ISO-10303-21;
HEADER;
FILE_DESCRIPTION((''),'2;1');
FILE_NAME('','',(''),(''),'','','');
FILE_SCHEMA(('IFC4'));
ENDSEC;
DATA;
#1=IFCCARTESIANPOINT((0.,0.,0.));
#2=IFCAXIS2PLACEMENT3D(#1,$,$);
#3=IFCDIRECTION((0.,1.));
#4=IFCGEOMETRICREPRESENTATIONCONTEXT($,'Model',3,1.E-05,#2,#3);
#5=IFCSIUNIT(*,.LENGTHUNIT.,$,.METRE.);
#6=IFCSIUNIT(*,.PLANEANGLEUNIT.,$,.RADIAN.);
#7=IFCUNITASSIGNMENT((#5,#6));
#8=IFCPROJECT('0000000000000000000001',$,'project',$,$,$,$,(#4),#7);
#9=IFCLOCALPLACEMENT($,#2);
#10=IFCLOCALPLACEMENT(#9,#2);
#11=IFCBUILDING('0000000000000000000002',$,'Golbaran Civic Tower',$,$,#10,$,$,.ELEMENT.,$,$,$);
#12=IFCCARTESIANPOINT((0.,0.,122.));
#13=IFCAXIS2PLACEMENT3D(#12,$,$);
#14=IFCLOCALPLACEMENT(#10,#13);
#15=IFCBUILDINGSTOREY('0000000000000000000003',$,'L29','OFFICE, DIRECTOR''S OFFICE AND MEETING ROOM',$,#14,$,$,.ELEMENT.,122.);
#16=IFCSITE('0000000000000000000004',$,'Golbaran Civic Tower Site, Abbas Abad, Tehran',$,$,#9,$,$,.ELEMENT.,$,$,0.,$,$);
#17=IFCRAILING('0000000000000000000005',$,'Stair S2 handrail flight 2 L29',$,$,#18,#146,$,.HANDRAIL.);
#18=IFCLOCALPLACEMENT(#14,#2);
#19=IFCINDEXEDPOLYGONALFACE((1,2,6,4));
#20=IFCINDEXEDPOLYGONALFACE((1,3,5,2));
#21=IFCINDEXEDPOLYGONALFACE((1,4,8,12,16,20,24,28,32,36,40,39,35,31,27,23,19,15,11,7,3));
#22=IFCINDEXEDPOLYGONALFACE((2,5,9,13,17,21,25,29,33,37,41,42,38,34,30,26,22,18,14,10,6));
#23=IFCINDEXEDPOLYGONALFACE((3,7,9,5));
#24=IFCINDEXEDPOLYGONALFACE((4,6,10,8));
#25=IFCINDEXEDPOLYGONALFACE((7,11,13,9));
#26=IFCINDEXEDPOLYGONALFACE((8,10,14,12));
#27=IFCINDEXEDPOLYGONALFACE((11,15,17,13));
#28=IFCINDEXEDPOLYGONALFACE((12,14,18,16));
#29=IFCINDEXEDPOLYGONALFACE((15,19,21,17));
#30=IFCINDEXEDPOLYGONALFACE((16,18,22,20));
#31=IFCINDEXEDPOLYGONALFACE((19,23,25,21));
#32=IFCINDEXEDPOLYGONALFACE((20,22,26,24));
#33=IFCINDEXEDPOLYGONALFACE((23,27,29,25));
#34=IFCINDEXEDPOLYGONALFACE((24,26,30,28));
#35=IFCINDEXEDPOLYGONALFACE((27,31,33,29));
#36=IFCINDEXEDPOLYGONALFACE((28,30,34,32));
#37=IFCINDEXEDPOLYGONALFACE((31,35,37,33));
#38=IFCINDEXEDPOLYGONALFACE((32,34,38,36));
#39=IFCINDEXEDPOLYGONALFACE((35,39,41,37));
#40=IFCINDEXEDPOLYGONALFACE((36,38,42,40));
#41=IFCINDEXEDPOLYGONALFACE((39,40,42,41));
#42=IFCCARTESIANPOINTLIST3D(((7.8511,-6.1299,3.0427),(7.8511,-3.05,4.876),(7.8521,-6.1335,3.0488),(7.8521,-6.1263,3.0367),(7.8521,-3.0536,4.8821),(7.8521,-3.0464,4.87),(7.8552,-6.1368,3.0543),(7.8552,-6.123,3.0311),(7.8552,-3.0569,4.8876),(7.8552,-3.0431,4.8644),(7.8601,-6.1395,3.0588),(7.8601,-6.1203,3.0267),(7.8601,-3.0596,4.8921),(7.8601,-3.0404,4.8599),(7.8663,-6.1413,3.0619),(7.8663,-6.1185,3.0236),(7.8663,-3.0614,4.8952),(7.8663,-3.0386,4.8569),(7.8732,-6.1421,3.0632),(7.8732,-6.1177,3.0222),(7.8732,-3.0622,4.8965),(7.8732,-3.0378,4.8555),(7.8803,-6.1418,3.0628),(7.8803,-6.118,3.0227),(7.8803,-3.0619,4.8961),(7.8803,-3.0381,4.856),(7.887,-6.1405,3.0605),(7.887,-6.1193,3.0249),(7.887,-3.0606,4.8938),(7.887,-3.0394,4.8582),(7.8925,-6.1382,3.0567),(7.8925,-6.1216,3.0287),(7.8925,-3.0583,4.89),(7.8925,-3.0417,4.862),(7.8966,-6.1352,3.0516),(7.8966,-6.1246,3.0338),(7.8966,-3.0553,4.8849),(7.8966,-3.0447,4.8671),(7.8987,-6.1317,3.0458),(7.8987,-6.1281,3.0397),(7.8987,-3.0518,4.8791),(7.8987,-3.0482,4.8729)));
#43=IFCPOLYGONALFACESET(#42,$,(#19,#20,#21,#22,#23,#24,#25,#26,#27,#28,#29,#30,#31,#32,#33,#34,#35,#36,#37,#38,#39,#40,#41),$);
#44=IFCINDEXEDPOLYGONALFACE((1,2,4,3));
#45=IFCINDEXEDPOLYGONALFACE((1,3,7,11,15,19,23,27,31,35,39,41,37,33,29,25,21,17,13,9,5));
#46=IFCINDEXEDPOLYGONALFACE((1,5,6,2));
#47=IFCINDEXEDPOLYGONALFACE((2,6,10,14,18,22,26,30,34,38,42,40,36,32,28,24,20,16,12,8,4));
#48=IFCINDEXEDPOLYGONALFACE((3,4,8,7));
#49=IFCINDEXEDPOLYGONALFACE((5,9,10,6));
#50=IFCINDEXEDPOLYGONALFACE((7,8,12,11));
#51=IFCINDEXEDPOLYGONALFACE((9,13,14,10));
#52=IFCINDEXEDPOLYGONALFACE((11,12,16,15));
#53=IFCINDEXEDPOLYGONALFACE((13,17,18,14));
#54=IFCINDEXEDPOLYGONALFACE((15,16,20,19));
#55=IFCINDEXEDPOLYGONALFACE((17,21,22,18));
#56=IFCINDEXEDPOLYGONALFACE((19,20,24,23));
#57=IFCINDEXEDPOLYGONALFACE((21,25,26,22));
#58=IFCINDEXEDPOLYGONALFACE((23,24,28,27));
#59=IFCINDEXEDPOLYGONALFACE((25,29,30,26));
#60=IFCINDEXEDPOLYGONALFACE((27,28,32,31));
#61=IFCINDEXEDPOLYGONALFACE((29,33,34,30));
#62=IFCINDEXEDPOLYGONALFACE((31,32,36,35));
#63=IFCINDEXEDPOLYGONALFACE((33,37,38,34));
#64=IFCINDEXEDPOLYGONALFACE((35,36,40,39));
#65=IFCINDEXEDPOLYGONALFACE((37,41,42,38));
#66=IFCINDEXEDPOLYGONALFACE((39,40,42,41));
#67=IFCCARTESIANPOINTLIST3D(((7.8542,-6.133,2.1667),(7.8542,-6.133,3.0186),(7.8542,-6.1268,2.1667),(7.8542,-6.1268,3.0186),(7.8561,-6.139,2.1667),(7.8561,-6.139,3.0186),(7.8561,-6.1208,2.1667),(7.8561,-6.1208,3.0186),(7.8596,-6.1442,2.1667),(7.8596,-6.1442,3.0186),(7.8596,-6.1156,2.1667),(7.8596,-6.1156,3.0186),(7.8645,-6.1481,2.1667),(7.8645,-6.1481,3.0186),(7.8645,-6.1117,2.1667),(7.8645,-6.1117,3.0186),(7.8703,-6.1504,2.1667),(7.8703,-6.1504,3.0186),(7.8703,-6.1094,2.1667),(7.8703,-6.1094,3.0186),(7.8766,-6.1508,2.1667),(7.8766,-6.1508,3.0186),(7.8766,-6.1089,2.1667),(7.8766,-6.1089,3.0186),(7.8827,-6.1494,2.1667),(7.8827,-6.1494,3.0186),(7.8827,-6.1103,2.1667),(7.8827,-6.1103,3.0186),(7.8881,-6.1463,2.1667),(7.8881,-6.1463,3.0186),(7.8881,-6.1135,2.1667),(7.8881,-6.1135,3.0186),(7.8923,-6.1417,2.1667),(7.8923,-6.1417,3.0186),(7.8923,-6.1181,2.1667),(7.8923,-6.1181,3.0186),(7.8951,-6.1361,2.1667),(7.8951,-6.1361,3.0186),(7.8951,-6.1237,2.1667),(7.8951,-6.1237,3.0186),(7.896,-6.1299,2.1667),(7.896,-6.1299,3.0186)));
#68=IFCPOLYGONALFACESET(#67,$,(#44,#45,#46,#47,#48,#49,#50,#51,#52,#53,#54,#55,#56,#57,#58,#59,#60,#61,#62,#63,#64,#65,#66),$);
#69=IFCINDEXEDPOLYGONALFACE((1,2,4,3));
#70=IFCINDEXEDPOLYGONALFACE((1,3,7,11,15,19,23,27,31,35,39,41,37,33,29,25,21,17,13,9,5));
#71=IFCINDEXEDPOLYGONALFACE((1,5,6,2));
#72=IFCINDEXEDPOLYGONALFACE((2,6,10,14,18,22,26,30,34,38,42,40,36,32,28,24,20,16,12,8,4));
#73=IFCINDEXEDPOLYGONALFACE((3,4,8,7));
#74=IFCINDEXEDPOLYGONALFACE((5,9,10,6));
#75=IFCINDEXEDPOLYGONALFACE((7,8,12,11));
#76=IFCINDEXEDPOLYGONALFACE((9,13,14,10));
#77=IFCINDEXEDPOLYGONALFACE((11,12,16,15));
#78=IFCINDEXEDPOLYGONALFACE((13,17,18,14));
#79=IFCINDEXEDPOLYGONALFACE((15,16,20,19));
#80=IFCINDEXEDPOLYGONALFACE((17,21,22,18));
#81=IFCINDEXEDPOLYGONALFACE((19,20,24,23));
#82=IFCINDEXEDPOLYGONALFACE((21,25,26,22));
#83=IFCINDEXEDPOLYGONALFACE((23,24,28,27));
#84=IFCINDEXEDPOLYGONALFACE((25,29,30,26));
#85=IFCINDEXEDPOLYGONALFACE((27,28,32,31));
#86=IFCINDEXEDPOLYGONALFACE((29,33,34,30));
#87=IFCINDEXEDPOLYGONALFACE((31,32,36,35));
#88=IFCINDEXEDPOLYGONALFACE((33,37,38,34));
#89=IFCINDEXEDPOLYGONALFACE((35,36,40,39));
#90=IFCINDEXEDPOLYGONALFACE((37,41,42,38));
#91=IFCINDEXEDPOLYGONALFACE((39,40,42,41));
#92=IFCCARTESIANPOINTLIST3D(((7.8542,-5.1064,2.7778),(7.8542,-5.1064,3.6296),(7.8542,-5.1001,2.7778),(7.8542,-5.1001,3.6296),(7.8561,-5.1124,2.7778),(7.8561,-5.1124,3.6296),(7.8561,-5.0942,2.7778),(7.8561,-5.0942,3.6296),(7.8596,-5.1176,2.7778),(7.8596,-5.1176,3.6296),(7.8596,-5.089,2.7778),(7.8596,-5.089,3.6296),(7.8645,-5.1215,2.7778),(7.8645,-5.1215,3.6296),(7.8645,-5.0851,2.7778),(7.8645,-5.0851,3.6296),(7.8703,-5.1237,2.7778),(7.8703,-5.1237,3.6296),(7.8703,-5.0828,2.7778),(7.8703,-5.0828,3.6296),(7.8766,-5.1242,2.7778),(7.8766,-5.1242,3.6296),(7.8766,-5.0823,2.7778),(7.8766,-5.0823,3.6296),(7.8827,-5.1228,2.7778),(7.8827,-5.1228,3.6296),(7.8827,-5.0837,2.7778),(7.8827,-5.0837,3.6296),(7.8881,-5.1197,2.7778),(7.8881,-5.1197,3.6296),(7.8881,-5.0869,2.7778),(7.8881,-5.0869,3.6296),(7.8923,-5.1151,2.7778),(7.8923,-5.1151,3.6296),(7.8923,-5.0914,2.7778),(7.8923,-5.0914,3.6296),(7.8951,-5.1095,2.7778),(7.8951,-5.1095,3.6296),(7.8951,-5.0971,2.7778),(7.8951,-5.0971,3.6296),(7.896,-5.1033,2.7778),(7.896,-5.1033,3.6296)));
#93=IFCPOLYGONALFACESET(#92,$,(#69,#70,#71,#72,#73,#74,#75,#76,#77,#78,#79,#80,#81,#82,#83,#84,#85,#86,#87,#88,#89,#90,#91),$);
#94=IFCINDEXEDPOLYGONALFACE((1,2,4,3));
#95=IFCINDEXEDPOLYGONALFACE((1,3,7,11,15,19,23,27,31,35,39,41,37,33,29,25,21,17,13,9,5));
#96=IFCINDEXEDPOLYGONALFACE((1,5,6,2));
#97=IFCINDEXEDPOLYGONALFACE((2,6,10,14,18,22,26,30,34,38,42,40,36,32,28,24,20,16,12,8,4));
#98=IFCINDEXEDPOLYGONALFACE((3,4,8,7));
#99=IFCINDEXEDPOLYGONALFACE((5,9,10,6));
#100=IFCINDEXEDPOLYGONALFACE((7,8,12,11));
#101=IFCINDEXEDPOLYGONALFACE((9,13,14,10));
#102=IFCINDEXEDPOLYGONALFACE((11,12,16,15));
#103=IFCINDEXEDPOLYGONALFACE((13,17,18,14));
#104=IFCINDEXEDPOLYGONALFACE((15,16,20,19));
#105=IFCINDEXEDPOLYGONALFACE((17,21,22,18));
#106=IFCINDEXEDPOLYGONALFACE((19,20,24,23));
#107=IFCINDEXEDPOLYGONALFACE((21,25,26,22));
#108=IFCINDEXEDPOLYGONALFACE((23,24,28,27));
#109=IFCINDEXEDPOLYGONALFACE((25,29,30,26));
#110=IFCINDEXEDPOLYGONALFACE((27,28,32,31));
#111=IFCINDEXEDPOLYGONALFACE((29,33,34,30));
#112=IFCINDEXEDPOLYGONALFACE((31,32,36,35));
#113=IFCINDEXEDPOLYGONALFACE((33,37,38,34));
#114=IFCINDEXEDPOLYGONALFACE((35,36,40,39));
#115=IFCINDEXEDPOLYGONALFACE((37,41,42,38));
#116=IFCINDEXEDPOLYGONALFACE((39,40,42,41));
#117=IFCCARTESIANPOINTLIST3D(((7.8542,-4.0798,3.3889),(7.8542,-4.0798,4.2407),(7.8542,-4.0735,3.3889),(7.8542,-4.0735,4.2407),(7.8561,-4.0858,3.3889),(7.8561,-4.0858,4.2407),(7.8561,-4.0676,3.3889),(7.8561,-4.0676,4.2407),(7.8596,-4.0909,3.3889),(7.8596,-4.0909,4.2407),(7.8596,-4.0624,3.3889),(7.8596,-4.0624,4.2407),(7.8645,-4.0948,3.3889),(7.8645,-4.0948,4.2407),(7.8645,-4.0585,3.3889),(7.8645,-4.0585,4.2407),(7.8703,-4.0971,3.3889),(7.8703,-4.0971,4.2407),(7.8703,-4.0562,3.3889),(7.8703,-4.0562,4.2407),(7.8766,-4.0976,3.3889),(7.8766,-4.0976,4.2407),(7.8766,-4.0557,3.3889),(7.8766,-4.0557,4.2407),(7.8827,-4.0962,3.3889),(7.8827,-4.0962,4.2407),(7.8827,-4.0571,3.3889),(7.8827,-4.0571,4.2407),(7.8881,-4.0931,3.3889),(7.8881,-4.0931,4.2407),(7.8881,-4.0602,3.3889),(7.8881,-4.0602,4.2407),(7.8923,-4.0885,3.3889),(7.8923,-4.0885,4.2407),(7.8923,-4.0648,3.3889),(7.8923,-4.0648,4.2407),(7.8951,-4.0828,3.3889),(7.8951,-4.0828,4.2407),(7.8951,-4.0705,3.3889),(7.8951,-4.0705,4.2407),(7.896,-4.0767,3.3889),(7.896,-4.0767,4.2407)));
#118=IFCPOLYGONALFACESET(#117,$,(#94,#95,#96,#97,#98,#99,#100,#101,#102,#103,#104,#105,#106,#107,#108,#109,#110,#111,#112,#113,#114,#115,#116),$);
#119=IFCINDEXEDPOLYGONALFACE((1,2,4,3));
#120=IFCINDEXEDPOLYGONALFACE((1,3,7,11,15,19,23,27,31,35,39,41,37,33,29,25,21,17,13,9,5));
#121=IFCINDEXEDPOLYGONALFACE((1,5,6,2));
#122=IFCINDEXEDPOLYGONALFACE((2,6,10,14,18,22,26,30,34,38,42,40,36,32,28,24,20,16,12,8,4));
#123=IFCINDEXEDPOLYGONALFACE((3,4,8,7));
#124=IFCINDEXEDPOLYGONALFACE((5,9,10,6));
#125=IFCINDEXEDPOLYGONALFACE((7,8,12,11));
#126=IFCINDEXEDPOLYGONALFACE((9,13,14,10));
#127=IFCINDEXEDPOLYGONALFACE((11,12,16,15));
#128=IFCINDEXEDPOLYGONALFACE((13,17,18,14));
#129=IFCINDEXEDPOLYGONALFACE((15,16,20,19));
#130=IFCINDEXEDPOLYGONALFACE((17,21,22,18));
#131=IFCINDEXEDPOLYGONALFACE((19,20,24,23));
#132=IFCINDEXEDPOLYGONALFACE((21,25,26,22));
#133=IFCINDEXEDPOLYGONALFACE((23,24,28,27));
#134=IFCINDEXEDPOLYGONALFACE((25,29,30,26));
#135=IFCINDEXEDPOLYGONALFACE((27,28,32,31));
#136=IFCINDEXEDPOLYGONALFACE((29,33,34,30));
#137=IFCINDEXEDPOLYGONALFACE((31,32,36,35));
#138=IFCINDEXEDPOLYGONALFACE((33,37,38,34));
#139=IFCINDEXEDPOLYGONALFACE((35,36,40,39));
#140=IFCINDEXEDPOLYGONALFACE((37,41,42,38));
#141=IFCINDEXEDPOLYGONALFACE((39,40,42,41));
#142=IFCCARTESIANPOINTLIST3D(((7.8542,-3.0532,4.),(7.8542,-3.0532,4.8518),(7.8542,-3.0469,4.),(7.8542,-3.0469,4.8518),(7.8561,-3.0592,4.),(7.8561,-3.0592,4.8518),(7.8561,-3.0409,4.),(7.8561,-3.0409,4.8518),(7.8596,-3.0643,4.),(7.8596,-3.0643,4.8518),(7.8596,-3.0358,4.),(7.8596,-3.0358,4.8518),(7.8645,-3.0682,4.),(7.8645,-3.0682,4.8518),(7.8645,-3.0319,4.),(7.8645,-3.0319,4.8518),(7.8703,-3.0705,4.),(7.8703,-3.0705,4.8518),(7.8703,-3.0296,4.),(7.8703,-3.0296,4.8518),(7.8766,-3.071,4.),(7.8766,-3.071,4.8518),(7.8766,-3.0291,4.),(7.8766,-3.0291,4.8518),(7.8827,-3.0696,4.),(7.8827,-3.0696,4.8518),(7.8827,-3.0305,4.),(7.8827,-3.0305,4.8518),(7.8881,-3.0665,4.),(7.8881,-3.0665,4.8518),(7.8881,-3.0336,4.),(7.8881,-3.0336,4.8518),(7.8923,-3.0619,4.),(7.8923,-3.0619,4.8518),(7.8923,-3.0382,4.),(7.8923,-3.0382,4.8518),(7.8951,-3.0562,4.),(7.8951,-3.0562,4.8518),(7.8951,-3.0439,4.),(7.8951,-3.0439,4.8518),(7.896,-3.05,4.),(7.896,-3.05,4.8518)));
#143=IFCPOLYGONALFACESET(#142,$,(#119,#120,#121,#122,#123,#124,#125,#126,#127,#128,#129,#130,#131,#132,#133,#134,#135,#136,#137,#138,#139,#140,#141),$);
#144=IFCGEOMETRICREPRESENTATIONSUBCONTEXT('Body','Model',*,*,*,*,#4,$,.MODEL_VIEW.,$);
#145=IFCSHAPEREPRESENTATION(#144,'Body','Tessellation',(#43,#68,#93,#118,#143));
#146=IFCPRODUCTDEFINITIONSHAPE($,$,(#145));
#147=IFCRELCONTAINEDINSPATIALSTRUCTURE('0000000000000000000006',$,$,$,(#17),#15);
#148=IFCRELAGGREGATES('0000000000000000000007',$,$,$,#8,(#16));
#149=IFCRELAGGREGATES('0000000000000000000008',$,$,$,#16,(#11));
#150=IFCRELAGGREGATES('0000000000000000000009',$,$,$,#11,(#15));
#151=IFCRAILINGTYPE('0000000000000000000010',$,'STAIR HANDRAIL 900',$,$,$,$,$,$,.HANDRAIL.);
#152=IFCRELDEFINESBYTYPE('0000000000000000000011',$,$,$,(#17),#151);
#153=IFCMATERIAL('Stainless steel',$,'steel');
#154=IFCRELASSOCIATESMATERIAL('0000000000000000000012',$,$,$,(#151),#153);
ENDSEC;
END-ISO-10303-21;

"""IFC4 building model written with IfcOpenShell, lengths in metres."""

from ifc_helpers import new_model, si_unit, direction, frame, origin, origin_2d, place, context, subcontext, project, spatial, circle, extrude, material, type_object, element, save


model = new_model("IFC4")

# Units and contexts
model_context = context("Model", 3, precision=1e-05, world=origin(), true_north=direction((0.0, 1.0)))
body_context = subcontext(model_context, "Body", "Model", "MODEL_VIEW")
ifc_project = project(units=[si_unit("LENGTHUNIT", "METRE"), si_unit("PLANEANGLEUNIT", "RADIAN")], contexts=[model_context])

# Site, building, storey
site_placement = place(None, origin())
site = spatial("IfcSite", under=ifc_project, at=site_placement, Name="Golbaran Civic Tower Site, Abbas Abad, Tehran", CompositionType="ELEMENT", RefElevation=0.0)
building_placement = place(site_placement, origin())
building = spatial("IfcBuilding", under=site, at=building_placement, Name="Golbaran Civic Tower", CompositionType="ELEMENT")
storey_placement = place(building_placement, frame((0.0, 0.0, 122.0)))
storey = spatial("IfcBuildingStorey", under=building, at=storey_placement, Name="L29", Description="OFFICE, DIRECTOR'S OFFICE AND MEETING ROOM", CompositionType="ELEMENT", Elevation=122.0)

# Shared definitions
ifc_material_1 = material(Name="Stainless steel", Category="steel")

# Railing
railing_type = type_object("IfcRailingType", Name="STAIR HANDRAIL 900", PredefinedType="HANDRAIL", material=ifc_material_1)
railing_1_placement = place(storey_placement, frame((7.875, -6.1299, 2.1667)))
element("IfcRailing", 1, at=railing_1_placement, inside=storey, type_object=railing_type, Name="Stair S2 handrail flight 2 L29", PredefinedType="HANDRAIL", context=body_context, shape_type="SweptSolid", body=[
    extrude(circle(Radius=0.0239, at=origin_2d()), frame((0.0, 0.0, 0.876), z_axis=(0.0, 0.859291, 0.511487), x_axis=(-1.0, 0.0, 0.0)), (0.0, 0.0, 1.0), 3.5842),
    extrude(circle(Radius=0.021, at=origin_2d()), origin(), (0.0, 0.0, 1.0), 0.8518),
    extrude(circle(Radius=0.021, at=origin_2d()), frame((0.0, 1.0266, 0.6111)), (0.0, 0.0, 1.0), 0.8518),
    extrude(circle(Radius=0.021, at=origin_2d()), frame((0.0, 2.0532, 1.2222)), (0.0, 0.0, 1.0), 0.8518),
    extrude(circle(Radius=0.021, at=origin_2d()), frame((0.0, 3.0798, 1.8333)), (0.0, 0.0, 1.0), 0.8518),
])

save(model, "model.ifc")
